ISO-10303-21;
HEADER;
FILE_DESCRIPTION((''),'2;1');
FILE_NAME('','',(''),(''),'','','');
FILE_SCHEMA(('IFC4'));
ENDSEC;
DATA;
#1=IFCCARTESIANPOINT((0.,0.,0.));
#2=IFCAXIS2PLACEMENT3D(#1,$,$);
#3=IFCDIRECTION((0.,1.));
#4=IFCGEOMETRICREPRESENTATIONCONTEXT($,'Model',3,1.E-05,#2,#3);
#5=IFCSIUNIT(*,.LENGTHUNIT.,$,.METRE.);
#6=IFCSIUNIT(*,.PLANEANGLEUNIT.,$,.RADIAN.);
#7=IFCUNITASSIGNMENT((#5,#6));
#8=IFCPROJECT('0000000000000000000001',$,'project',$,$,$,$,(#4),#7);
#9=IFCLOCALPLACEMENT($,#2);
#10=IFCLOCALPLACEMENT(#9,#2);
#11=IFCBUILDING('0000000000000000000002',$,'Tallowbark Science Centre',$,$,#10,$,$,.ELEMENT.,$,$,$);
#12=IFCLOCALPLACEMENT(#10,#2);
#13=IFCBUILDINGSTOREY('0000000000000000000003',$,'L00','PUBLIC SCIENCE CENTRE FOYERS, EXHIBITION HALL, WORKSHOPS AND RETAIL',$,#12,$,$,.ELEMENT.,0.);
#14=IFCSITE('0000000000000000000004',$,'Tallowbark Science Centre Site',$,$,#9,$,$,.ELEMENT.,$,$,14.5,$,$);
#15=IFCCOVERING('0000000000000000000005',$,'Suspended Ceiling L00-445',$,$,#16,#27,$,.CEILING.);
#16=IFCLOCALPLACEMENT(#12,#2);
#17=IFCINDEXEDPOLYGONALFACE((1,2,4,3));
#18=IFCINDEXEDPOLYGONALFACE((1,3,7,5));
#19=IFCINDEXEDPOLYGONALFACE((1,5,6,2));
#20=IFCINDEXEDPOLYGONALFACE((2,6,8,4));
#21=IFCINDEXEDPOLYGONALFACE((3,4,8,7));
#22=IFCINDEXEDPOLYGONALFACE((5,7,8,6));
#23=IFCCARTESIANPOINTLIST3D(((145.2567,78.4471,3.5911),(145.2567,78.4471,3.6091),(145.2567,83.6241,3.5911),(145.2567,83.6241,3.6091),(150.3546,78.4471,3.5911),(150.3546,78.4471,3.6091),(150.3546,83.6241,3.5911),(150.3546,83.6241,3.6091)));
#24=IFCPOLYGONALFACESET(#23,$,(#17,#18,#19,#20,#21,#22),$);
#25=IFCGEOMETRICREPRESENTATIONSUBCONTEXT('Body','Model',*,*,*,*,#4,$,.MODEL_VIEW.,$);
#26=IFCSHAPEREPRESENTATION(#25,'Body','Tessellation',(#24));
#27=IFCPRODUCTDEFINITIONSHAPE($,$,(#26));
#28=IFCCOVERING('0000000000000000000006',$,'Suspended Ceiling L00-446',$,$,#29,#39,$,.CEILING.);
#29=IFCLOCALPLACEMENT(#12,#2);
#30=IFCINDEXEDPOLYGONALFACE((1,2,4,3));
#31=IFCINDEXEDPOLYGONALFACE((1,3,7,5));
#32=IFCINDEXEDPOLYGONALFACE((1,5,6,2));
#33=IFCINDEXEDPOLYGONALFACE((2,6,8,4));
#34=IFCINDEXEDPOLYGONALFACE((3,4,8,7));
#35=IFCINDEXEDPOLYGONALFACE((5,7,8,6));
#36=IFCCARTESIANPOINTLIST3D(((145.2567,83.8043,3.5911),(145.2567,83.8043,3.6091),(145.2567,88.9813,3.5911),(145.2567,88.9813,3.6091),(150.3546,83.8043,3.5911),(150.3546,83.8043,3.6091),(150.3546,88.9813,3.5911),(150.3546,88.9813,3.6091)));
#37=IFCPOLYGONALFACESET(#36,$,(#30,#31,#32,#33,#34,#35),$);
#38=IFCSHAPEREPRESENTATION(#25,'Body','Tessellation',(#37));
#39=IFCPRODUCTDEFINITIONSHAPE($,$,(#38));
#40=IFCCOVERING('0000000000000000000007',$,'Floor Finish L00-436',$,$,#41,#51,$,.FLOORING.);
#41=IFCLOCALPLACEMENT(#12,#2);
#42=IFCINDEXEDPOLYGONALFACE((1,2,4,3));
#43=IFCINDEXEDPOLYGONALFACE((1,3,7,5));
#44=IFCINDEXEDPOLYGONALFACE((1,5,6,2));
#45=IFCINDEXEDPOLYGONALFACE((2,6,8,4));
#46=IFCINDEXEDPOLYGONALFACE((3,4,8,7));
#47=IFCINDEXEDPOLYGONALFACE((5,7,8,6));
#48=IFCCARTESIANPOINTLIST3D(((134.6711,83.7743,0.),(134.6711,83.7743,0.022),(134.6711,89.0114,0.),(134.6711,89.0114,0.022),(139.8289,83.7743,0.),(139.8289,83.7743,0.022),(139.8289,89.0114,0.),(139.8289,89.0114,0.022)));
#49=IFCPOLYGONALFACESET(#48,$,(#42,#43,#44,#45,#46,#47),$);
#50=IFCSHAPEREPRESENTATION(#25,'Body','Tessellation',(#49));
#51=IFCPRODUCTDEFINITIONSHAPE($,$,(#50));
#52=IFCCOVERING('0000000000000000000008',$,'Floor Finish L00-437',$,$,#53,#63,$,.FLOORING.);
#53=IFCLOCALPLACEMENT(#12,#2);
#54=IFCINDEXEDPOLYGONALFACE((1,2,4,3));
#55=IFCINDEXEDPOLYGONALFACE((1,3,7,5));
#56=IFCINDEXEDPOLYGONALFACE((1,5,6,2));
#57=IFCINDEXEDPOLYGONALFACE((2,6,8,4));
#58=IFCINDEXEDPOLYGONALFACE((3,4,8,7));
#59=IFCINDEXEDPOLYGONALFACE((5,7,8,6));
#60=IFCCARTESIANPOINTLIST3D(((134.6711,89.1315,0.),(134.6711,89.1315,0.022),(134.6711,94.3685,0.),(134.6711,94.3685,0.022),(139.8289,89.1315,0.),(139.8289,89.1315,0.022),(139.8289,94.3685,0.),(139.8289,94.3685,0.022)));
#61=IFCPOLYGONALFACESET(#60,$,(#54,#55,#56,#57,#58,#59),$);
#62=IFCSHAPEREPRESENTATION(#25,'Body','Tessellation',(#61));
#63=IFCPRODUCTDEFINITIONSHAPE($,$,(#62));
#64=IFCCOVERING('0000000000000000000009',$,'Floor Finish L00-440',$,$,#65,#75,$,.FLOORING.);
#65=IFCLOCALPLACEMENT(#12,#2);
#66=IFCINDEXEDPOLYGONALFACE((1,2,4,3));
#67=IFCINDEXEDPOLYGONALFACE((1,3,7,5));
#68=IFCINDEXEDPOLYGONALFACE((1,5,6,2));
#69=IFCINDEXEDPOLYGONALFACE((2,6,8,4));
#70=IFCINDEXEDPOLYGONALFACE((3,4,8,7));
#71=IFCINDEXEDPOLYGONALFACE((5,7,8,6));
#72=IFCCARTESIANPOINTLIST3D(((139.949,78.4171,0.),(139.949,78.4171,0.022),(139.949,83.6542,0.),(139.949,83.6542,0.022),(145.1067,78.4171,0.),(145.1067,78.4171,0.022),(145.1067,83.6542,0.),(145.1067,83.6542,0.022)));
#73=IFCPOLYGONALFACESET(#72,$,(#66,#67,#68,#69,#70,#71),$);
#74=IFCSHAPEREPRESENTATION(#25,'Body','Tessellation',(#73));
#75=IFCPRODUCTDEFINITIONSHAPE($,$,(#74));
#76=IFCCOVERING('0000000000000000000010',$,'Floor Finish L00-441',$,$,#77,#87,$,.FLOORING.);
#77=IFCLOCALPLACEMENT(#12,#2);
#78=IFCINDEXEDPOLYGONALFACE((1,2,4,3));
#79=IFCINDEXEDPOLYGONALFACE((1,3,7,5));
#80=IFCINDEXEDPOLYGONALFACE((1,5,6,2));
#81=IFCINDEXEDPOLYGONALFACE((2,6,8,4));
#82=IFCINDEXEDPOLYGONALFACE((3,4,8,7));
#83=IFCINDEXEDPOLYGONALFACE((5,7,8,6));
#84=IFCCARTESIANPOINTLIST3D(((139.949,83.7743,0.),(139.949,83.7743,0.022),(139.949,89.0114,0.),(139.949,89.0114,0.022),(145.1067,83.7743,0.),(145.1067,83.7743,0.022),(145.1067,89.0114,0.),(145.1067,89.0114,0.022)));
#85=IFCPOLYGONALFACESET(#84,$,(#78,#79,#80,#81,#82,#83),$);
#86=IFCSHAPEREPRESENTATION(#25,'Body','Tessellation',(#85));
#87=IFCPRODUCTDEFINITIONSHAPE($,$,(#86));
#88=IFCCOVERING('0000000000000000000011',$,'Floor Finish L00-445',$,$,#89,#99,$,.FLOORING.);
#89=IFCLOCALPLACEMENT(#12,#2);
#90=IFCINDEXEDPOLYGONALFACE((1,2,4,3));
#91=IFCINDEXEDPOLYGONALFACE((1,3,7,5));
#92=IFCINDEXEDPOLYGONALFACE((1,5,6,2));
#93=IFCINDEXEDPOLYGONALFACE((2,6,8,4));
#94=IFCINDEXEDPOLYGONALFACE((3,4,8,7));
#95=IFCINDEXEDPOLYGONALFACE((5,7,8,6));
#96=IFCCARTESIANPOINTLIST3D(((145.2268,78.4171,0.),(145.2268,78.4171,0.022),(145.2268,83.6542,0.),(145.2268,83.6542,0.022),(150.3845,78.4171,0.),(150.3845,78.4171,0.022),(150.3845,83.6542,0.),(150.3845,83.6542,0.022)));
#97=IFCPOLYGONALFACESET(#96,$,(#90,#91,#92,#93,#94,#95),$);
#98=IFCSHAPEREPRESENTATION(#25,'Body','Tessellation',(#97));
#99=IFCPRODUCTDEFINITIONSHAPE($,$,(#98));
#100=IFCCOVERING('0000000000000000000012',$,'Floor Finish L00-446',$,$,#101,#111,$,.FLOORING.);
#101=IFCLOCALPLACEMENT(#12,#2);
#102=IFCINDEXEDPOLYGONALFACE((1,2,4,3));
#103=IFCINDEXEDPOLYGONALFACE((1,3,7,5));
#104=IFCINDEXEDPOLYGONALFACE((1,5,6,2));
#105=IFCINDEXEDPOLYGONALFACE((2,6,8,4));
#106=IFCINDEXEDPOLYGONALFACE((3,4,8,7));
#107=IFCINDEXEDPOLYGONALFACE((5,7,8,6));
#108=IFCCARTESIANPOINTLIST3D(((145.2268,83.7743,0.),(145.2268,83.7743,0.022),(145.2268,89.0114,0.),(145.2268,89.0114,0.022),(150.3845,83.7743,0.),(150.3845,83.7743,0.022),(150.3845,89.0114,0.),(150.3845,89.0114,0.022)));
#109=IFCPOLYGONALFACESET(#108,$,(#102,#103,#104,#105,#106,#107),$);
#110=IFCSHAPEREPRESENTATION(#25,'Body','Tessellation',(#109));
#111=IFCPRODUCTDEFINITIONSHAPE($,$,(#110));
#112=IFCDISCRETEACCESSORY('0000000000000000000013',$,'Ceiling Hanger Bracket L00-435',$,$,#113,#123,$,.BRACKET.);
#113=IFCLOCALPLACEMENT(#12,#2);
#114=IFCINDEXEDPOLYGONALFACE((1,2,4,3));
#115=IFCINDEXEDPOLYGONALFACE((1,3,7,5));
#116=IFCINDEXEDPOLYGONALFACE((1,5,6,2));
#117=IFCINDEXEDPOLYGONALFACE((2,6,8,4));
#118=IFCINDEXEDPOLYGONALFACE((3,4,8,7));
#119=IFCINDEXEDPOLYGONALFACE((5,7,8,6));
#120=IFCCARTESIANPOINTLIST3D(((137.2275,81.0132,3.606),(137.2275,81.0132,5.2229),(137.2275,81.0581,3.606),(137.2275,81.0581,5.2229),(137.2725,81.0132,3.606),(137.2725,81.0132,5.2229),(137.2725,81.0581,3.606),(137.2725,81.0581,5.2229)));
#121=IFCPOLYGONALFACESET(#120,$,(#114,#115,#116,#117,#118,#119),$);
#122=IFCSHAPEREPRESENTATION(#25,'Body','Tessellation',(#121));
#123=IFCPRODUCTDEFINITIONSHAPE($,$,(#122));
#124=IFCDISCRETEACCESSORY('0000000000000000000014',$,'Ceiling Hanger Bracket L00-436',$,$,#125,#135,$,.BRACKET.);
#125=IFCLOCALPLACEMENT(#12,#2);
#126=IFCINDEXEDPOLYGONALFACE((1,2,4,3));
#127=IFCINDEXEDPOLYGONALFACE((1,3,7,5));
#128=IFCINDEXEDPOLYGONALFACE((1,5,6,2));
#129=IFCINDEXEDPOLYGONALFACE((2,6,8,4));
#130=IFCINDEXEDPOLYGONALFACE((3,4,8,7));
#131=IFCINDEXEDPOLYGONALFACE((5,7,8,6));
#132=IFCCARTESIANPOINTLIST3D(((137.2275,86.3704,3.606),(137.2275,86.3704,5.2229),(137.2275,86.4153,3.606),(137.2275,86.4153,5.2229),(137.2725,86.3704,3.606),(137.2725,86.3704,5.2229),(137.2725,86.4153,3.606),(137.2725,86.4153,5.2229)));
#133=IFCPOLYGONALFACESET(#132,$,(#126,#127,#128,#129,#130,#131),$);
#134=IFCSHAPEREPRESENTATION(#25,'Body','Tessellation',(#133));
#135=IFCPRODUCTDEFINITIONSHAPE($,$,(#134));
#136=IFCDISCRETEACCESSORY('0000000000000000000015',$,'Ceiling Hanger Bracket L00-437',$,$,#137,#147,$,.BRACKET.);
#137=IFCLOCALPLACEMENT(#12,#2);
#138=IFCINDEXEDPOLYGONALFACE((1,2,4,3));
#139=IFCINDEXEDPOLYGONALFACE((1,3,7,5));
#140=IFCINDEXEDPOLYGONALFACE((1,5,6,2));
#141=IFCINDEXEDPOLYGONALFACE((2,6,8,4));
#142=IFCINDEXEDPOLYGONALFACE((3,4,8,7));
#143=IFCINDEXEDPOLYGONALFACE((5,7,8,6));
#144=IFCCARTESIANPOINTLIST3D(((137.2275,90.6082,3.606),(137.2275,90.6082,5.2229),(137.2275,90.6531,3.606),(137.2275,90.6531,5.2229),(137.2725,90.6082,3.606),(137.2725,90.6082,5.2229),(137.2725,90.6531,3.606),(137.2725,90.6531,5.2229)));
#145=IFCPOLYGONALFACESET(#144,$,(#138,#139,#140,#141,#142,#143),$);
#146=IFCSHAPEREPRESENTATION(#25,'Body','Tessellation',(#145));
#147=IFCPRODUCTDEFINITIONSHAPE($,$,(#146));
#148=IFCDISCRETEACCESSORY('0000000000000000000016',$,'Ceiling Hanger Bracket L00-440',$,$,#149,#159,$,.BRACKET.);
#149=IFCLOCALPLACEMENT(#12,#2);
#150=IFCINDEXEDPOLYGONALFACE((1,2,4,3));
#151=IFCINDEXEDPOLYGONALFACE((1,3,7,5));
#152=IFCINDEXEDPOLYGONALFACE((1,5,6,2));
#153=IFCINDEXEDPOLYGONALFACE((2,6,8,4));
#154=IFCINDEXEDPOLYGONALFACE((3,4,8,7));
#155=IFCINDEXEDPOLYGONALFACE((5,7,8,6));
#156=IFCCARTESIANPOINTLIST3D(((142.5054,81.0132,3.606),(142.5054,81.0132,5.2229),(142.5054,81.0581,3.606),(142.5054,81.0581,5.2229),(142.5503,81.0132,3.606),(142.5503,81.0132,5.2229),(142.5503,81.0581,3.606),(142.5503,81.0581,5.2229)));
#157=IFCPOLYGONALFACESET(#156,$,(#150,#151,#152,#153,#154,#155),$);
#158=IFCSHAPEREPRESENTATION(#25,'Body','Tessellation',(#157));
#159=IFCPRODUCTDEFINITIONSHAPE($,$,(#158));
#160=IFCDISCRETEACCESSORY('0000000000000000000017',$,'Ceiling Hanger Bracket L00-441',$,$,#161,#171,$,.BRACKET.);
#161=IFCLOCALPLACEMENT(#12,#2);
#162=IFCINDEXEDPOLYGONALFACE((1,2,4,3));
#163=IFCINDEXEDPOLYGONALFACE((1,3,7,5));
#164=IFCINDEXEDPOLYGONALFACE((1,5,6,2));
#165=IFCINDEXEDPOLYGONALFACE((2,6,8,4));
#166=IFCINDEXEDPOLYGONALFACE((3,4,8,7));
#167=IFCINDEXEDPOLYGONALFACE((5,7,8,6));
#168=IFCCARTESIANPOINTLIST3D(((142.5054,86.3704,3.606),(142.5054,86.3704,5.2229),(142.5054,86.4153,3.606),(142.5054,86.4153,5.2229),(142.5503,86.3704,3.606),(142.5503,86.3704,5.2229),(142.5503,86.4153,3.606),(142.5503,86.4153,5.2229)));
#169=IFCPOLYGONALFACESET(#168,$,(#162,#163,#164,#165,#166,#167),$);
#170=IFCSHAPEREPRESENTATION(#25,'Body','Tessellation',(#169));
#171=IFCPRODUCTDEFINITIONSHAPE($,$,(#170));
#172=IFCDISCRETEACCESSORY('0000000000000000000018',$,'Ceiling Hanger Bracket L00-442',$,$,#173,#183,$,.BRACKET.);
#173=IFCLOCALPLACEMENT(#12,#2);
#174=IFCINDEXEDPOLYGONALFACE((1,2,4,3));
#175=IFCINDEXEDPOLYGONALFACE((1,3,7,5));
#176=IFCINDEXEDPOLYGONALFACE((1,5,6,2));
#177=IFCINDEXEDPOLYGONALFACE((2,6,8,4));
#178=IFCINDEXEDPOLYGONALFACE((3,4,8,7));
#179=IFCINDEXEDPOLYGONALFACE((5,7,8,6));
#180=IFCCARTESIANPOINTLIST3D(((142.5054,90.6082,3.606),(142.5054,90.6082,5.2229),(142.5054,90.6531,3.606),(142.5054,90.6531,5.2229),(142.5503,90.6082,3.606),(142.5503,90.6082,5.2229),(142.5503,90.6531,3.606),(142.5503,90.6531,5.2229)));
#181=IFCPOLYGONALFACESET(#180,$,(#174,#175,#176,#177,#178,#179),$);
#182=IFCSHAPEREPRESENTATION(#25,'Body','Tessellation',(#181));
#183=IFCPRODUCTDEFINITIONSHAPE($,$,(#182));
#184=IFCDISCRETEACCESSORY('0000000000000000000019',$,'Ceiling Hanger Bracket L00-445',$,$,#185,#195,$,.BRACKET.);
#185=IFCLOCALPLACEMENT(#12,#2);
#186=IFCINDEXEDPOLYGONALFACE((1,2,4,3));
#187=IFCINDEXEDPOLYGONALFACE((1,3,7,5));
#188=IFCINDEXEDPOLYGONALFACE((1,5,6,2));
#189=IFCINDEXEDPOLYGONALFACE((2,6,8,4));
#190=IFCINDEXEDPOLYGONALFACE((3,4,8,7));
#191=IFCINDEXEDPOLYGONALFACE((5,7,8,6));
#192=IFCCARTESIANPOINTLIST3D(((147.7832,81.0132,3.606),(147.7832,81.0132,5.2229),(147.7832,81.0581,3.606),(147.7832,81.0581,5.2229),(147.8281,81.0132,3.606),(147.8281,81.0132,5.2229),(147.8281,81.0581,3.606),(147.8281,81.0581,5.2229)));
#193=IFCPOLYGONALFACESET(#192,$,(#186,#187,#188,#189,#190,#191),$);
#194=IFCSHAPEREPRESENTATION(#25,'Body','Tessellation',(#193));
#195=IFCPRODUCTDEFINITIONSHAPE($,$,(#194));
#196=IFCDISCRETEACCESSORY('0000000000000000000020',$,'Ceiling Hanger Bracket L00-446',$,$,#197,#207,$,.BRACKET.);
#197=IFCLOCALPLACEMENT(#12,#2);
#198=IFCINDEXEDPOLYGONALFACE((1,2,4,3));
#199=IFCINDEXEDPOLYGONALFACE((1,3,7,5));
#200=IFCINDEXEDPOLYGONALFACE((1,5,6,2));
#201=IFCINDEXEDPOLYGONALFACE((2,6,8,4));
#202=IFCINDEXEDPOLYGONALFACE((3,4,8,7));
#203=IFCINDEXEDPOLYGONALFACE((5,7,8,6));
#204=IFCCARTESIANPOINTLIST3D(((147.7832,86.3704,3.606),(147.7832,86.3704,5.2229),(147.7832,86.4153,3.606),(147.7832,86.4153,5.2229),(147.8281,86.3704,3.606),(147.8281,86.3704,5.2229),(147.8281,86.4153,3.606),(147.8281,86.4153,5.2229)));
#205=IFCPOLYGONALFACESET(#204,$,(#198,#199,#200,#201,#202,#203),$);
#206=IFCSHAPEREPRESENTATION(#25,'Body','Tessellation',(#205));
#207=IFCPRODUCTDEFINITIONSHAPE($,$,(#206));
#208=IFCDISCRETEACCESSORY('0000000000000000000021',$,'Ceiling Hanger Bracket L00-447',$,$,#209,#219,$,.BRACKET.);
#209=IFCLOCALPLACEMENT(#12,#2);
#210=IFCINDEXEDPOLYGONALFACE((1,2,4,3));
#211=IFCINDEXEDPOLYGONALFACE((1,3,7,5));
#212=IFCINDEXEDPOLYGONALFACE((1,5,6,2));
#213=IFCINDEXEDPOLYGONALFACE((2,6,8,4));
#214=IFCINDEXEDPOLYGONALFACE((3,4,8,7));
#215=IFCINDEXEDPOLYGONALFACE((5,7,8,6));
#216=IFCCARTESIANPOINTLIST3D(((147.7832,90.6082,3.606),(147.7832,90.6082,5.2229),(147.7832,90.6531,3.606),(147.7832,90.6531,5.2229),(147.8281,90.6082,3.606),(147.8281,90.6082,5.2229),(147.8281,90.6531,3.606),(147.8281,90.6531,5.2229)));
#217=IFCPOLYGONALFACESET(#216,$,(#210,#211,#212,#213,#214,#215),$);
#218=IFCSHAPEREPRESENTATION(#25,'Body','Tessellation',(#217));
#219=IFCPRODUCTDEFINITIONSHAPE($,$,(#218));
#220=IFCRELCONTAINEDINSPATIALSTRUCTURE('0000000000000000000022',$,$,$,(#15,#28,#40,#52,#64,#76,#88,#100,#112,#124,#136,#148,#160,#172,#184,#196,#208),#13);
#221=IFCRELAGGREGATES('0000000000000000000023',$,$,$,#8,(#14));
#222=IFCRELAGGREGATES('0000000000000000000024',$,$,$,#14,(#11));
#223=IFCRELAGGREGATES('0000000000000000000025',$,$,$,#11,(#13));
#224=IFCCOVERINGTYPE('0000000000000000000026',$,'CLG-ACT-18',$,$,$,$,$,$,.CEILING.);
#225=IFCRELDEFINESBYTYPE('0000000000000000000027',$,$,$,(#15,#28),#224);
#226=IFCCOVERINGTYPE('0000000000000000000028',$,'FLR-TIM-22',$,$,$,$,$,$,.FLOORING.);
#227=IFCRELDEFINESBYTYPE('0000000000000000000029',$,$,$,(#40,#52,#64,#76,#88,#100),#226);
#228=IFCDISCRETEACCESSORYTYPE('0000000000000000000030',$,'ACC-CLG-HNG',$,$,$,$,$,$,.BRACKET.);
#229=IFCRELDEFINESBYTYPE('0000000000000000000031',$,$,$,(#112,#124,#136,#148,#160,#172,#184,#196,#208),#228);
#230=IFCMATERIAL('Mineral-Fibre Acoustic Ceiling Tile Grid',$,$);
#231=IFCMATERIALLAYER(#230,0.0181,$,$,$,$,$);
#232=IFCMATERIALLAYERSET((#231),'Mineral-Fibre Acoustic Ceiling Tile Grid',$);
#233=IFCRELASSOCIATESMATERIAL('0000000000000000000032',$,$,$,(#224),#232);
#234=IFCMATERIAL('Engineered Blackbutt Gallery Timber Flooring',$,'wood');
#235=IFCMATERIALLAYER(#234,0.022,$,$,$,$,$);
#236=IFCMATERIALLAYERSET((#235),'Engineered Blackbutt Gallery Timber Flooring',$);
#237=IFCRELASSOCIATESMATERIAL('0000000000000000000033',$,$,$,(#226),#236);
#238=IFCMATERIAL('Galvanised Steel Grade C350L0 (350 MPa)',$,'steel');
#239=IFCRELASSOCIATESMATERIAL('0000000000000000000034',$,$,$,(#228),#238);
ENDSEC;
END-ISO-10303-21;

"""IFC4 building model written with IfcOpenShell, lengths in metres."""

from ifc_helpers import new_model, si_unit, direction, frame, origin, origin_2d, place, context, subcontext, project, spatial, rectangle, extrude, material, layer, layer_set, type_object, element, save


model = new_model("IFC4")

# Units and contexts
model_context = context("Model", 3, precision=1e-05, world=origin(), true_north=direction((0.0, 1.0)))
body_context = subcontext(model_context, "Body", "Model", "MODEL_VIEW")
ifc_project = project(units=[si_unit("LENGTHUNIT", "METRE"), si_unit("PLANEANGLEUNIT", "RADIAN")], contexts=[model_context])

# Site, building, storey
site_placement = place(None, origin())
site = spatial("IfcSite", under=ifc_project, at=site_placement, Name="Tallowbark Science Centre Site", CompositionType="ELEMENT", RefElevation=14.5)
building_placement = place(site_placement, origin())
building = spatial("IfcBuilding", under=site, at=building_placement, Name="Tallowbark Science Centre", CompositionType="ELEMENT")
storey_placement = place(building_placement, origin())
storey = spatial("IfcBuildingStorey", under=building, at=storey_placement, Name="L00", Description="PUBLIC SCIENCE CENTRE FOYERS, EXHIBITION HALL, WORKSHOPS AND RETAIL", CompositionType="ELEMENT", Elevation=0.0)

# Coverings
ifc_material_1 = material(Name="Mineral-Fibre Acoustic Ceiling Tile Grid")
ifc_layer_1 = layer(ifc_material_1, 0.0181)
ifc_layer_set_1 = layer_set([ifc_layer_1], Name="Mineral-Fibre Acoustic Ceiling Tile Grid")
covering_type_1 = type_object("IfcCoveringType", Name="CLG-ACT-18", PredefinedType="CEILING", material=ifc_layer_set_1)
for number, where, z_axis, x_axis, name in (
    (1, (147.8057, 81.0356, 3.5911), (0.0, 0.0, 1.0), (1.0, 0.0, 0.0), "Suspended Ceiling L00-445"),
    (2, (147.8057, 86.3928, 3.5911), (0.0, 0.0, 1.0), (1.0, 0.0, 0.0), "Suspended Ceiling L00-446"),
):
    element("IfcCovering", number, at=place(storey_placement, frame(where, z_axis=z_axis, x_axis=x_axis)), inside=storey, type_object=covering_type_1, Name=name, PredefinedType="CEILING", context=body_context, shape_type="SweptSolid", body=[
        extrude(rectangle(XDim=5.0979, YDim=5.177, at=origin_2d()), origin(), (0.0, 0.0, 1.0), 0.0181),
    ])
ifc_material_2 = material(Name="Engineered Blackbutt Gallery Timber Flooring", Category="wood")
ifc_layer_2 = layer(ifc_material_2, 0.022)
ifc_layer_set_2 = layer_set([ifc_layer_2], Name="Engineered Blackbutt Gallery Timber Flooring")
covering_type_2 = type_object("IfcCoveringType", Name="FLR-TIM-22", PredefinedType="FLOORING", material=ifc_layer_set_2)
for number, where, z_axis, x_axis, name in (
    (3, (137.25, 86.3928, 0.0), (0.0, 0.0, 1.0), (1.0, 0.0, 0.0), "Floor Finish L00-436"),
    (4, (137.25, 91.75, 0.0), (0.0, 0.0, 1.0), (1.0, 0.0, 0.0), "Floor Finish L00-437"),
    (5, (142.5278, 81.0356, 0.0), (0.0, 0.0, 1.0), (1.0, 0.0, 0.0), "Floor Finish L00-440"),
    (6, (142.5278, 86.3928, 0.0), (0.0, 0.0, 1.0), (1.0, 0.0, 0.0), "Floor Finish L00-441"),
    (7, (147.8057, 81.0356, 0.0), (0.0, 0.0, 1.0), (1.0, 0.0, 0.0), "Floor Finish L00-445"),
    (8, (147.8057, 86.3928, 0.0), (0.0, 0.0, 1.0), (1.0, 0.0, 0.0), "Floor Finish L00-446"),
):
    element("IfcCovering", number, at=place(storey_placement, frame(where, z_axis=z_axis, x_axis=x_axis)), inside=storey, type_object=covering_type_2, Name=name, PredefinedType="FLOORING", context=body_context, shape_type="SweptSolid", body=[
        extrude(rectangle(XDim=5.1577, YDim=5.2371, at=origin_2d()), origin(), (0.0, 0.0, 1.0), 0.022),
    ])

# Discrete accessories
ifc_material_3 = material(Name="Galvanised Steel Grade C350L0 (350 MPa)", Category="steel")
discrete_accessory_type = type_object("IfcDiscreteAccessoryType", Name="ACC-CLG-HNG", PredefinedType="BRACKET", material=ifc_material_3)
for number, where, z_axis, x_axis, name in (
    (9, (137.25, 81.0356, 3.606), (0.0, 0.0, 1.0), (1.0, 0.0, 0.0), "Ceiling Hanger Bracket L00-435"),
    (10, (137.25, 86.3928, 3.606), (0.0, 0.0, 1.0), (1.0, 0.0, 0.0), "Ceiling Hanger Bracket L00-436"),
    (11, (137.25, 90.6306, 3.606), (0.0, 0.0, 1.0), (1.0, 0.0, 0.0), "Ceiling Hanger Bracket L00-437"),
    (12, (142.5278, 81.0356, 3.606), (0.0, 0.0, 1.0), (1.0, 0.0, 0.0), "Ceiling Hanger Bracket L00-440"),
    (13, (142.5278, 86.3928, 3.606), (0.0, 0.0, 1.0), (1.0, 0.0, 0.0), "Ceiling Hanger Bracket L00-441"),
    (14, (142.5278, 90.6306, 3.606), (0.0, 0.0, 1.0), (1.0, 0.0, 0.0), "Ceiling Hanger Bracket L00-442"),
    (15, (147.8057, 81.0356, 3.606), (0.0, 0.0, 1.0), (1.0, 0.0, 0.0), "Ceiling Hanger Bracket L00-445"),
    (16, (147.8057, 86.3928, 3.606), (0.0, 0.0, 1.0), (1.0, 0.0, 0.0), "Ceiling Hanger Bracket L00-446"),
    (17, (147.8057, 90.6306, 3.606), (0.0, 0.0, 1.0), (1.0, 0.0, 0.0), "Ceiling Hanger Bracket L00-447"),
):
    element("IfcDiscreteAccessory", number, at=place(storey_placement, frame(where, z_axis=z_axis, x_axis=x_axis)), inside=storey, type_object=discrete_accessory_type, Name=name, PredefinedType="BRACKET", context=body_context, shape_type="SweptSolid", body=[
        extrude(rectangle(XDim=0.0449, YDim=0.0449, at=origin_2d()), origin(), (0.0, 0.0, 1.0), 1.6169),
    ])

save(model, "model.ifc")
